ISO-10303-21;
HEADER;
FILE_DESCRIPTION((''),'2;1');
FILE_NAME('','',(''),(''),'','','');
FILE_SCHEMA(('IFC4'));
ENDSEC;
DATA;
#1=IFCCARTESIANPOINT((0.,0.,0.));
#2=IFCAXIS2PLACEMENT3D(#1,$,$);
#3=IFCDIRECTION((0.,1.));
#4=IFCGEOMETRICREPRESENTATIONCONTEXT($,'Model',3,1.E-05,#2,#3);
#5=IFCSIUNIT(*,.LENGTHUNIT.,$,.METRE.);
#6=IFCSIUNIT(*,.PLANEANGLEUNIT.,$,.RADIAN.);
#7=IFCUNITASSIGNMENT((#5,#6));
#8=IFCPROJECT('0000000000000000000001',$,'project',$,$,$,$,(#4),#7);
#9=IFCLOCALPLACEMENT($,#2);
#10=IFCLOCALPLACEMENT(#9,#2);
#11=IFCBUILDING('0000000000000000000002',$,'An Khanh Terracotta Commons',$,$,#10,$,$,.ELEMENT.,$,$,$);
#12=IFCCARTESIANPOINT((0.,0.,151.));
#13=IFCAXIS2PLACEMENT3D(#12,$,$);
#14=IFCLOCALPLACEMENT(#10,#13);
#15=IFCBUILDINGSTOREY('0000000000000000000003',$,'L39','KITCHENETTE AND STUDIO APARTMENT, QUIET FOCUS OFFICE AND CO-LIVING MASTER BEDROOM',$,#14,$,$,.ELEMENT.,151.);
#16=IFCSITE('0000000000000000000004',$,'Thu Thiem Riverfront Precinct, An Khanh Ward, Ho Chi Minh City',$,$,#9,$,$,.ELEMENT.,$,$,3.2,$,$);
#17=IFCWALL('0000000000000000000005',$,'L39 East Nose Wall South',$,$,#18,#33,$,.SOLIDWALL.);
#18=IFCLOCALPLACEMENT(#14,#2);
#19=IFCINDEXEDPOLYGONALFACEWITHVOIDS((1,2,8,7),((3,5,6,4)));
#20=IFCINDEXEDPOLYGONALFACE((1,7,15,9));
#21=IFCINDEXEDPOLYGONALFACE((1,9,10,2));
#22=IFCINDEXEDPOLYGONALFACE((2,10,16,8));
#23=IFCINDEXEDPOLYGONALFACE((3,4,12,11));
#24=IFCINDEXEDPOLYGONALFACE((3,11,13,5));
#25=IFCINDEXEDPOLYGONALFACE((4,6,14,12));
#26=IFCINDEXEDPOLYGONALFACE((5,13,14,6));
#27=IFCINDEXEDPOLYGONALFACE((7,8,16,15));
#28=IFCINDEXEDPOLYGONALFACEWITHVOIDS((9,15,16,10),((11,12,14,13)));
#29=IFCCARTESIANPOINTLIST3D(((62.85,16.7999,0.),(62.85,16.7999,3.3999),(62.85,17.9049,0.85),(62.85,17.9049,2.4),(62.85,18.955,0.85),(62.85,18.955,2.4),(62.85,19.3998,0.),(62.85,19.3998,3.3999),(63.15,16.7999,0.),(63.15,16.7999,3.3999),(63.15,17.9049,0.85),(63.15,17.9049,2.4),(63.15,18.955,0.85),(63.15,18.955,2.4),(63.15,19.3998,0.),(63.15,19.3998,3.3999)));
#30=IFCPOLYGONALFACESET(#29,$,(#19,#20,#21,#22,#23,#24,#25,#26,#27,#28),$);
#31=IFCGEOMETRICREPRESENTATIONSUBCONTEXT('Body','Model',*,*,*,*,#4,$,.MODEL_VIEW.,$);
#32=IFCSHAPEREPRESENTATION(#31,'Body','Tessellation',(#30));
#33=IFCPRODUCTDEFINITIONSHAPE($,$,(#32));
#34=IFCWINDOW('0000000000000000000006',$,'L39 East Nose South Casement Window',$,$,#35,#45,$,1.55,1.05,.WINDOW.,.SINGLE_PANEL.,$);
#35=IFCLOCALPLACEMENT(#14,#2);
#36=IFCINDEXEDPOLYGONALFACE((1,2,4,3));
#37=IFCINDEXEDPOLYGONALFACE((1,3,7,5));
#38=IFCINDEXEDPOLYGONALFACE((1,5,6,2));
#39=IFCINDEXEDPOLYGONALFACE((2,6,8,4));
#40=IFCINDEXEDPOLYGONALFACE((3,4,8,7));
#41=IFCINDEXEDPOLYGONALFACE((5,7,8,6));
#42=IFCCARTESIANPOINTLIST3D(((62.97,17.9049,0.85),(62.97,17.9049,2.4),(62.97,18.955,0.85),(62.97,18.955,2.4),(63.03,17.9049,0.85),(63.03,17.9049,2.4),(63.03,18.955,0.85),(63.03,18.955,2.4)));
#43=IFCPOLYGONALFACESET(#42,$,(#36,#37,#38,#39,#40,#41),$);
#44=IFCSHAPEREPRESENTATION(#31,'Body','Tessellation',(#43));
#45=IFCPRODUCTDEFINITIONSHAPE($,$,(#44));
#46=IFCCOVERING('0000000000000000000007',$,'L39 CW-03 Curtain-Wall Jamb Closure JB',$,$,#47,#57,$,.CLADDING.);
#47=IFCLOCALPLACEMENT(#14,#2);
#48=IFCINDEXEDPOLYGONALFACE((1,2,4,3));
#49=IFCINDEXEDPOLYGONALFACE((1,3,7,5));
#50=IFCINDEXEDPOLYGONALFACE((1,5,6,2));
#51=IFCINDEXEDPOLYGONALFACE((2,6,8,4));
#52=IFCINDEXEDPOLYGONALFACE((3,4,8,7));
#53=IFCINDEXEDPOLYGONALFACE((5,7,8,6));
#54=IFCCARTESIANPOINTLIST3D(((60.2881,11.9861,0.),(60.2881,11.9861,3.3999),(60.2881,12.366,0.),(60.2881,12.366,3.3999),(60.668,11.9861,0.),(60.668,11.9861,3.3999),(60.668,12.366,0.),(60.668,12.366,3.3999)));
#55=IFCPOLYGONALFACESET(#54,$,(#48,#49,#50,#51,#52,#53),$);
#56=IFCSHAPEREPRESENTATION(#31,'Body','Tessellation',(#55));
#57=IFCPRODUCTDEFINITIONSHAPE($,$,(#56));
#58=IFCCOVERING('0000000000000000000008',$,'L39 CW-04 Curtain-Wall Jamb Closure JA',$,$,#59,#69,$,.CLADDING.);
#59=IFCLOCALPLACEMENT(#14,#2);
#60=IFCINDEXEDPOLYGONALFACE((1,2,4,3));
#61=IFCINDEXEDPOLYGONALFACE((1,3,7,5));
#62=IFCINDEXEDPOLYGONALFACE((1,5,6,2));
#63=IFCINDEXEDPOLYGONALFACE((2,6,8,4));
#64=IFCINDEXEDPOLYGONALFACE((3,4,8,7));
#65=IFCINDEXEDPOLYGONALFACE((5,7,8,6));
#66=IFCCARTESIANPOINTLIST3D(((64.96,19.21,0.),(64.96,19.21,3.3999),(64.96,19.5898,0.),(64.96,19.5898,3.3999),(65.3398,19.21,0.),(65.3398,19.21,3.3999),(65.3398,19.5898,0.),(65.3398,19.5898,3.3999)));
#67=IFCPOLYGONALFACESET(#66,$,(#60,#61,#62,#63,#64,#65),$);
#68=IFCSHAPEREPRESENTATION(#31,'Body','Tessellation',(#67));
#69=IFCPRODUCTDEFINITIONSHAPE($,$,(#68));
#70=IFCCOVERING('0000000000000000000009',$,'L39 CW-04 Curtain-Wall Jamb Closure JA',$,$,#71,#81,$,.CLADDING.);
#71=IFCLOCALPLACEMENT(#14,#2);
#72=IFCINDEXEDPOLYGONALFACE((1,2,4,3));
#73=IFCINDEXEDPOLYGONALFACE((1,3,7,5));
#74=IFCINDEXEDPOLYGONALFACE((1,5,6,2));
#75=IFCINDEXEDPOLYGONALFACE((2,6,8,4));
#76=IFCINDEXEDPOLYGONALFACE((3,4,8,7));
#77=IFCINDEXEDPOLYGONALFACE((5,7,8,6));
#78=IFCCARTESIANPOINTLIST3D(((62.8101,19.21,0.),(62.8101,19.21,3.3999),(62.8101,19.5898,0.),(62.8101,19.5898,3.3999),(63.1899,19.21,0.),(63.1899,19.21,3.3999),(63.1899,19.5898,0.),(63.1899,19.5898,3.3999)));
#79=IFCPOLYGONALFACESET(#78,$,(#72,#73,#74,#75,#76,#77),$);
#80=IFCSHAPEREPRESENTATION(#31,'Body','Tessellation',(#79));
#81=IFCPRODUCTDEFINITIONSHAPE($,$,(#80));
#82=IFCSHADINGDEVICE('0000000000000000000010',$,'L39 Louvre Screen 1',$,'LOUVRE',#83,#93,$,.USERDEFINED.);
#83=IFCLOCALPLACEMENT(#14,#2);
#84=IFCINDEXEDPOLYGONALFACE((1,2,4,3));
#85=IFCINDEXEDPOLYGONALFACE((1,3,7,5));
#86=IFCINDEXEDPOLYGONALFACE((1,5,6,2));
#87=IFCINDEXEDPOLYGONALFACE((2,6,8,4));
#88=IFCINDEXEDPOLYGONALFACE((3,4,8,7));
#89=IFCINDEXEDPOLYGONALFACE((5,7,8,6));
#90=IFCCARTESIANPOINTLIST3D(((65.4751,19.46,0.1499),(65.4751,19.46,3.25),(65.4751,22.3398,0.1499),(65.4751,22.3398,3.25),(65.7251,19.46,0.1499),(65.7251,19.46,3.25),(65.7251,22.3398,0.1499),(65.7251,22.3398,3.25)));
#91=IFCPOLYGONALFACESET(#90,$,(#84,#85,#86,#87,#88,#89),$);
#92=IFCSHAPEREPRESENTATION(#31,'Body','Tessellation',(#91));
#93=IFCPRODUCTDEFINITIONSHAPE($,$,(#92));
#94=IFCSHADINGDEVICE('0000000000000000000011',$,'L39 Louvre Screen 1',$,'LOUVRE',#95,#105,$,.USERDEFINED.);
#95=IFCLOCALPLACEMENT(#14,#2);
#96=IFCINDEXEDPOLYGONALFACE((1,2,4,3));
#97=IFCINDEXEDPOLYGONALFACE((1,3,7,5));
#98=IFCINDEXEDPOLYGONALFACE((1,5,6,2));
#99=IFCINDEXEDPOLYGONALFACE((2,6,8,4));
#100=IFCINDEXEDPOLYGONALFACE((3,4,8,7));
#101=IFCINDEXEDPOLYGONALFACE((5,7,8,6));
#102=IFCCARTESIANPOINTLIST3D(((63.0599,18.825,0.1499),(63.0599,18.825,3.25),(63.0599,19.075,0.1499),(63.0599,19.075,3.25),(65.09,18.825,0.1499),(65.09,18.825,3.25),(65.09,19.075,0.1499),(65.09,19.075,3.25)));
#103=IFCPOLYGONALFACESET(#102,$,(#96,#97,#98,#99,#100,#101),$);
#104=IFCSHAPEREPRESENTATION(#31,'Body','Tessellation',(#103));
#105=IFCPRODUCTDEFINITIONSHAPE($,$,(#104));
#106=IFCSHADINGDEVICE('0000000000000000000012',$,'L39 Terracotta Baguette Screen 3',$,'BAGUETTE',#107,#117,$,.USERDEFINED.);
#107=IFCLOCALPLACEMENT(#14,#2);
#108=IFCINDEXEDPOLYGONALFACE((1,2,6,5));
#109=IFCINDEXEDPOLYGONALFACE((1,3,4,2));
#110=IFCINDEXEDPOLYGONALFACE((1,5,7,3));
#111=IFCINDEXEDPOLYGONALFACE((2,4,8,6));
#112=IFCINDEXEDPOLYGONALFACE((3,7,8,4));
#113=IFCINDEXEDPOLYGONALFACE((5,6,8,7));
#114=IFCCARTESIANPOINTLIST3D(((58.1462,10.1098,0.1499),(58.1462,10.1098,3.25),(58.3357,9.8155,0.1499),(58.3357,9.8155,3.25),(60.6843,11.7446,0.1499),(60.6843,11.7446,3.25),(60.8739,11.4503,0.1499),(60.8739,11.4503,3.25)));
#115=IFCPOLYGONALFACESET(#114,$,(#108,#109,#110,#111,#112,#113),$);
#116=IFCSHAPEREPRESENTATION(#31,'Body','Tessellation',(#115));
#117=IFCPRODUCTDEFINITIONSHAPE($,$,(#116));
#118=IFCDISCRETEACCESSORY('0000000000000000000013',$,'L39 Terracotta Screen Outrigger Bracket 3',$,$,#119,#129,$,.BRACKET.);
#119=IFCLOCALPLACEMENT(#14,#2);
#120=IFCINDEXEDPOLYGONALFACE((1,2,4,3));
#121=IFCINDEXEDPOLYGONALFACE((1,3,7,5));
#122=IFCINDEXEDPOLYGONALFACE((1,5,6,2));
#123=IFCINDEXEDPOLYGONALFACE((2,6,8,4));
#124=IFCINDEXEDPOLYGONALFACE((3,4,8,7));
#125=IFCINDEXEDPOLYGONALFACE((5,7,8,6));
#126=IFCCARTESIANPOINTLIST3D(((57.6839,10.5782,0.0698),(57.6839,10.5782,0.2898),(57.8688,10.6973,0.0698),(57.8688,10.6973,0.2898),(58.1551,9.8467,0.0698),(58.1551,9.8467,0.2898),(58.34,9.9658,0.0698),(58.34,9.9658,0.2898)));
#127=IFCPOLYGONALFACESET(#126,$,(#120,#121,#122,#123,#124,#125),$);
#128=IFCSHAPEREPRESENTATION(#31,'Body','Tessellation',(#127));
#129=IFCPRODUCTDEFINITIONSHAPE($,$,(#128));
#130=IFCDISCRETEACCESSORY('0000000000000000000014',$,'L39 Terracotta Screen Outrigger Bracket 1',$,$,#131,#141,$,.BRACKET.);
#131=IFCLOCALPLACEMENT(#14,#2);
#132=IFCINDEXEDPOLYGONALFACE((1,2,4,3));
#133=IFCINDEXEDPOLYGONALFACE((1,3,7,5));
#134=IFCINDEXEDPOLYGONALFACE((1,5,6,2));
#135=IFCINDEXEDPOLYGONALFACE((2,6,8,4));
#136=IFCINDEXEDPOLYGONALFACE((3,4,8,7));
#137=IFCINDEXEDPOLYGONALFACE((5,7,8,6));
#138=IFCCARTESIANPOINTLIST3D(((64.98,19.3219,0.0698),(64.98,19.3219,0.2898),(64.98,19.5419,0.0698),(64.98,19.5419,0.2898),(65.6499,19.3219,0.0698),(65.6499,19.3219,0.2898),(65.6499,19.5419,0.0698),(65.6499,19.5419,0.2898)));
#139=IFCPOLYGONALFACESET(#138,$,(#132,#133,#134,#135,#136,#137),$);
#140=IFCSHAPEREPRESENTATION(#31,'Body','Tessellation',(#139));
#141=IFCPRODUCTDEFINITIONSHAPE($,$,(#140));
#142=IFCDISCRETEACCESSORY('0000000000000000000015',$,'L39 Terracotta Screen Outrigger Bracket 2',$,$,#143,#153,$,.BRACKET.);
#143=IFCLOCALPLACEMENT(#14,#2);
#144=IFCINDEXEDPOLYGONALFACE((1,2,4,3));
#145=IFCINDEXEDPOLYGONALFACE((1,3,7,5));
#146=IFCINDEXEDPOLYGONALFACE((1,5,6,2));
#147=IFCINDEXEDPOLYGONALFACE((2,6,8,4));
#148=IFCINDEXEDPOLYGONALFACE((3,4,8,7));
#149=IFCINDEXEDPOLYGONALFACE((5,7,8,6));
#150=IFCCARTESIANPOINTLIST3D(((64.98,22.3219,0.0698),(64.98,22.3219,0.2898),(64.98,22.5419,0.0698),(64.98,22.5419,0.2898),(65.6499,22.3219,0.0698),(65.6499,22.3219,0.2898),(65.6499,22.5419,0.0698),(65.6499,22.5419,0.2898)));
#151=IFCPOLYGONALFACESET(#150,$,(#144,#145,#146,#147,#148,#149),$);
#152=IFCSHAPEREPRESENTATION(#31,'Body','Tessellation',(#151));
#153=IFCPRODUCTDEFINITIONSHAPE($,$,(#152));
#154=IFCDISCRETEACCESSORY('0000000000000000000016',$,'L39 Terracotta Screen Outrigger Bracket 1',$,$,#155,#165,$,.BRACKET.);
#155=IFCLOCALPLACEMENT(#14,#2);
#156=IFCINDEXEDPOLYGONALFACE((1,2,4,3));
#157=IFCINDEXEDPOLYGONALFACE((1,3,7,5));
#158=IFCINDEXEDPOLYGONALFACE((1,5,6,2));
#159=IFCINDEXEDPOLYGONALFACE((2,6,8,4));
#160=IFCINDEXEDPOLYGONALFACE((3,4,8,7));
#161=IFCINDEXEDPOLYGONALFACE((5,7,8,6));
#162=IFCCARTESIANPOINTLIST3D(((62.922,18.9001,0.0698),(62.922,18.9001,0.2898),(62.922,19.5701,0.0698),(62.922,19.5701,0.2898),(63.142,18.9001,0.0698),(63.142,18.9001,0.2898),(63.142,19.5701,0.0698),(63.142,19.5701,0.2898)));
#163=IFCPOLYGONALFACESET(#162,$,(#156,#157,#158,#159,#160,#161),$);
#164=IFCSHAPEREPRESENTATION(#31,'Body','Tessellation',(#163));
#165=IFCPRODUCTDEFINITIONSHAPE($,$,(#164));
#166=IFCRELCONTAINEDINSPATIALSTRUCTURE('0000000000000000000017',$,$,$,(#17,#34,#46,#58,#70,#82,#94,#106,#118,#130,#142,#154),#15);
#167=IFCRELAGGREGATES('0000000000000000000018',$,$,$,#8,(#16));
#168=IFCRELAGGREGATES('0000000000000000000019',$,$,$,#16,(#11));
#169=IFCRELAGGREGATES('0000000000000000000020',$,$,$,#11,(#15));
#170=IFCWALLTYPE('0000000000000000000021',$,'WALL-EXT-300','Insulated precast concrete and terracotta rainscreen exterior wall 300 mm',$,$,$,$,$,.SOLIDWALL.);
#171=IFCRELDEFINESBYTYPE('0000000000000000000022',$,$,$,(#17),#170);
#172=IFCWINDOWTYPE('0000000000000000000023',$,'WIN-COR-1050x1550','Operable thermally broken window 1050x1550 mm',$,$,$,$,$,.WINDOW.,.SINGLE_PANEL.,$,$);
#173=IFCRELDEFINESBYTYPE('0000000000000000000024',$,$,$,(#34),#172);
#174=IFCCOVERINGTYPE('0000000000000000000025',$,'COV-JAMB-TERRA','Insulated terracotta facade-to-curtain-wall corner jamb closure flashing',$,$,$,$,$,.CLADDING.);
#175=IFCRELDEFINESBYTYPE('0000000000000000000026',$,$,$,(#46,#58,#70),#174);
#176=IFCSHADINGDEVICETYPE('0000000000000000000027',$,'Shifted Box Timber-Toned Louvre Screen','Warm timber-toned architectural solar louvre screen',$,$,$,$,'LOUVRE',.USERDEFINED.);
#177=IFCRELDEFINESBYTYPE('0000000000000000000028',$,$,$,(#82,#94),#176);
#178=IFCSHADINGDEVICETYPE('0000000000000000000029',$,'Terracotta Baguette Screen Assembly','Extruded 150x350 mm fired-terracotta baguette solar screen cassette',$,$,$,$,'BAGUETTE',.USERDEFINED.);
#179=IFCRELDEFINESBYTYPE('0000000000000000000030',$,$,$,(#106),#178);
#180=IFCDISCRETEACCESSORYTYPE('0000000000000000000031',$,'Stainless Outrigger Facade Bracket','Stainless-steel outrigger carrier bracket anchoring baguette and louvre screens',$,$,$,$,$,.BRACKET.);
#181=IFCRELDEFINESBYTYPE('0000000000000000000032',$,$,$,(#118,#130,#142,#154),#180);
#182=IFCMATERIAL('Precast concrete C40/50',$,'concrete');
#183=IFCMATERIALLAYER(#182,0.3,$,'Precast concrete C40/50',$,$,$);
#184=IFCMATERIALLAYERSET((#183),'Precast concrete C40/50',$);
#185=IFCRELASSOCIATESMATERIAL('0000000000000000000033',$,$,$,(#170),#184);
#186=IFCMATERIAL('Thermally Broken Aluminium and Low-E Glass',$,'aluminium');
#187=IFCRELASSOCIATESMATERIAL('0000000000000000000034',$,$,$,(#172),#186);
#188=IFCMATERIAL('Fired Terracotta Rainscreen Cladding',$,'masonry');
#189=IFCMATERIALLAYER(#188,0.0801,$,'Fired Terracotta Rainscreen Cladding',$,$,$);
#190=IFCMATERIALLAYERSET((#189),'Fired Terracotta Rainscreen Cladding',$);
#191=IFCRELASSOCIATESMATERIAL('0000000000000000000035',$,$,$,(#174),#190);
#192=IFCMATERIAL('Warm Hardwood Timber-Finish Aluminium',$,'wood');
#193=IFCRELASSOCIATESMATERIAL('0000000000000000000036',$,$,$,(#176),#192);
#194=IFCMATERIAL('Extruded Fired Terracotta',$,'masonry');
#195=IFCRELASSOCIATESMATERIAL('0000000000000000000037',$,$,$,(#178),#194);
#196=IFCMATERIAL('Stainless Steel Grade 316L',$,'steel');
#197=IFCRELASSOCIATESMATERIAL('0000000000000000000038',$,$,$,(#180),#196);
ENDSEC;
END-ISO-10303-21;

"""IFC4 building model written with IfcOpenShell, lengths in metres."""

from ifc_helpers import new_model, si_unit, direction, frame, frame_2d, origin, origin_2d, place, context, subcontext, project, spatial, rectangle, extrude, material, layer, layer_set, type_object, element, fill, save


model = new_model("IFC4")

# Units and contexts
model_context = context("Model", 3, precision=1e-05, world=origin(), true_north=direction((0.0, 1.0)))
body_context = subcontext(model_context, "Body", "Model", "MODEL_VIEW")
ifc_project = project(units=[si_unit("LENGTHUNIT", "METRE"), si_unit("PLANEANGLEUNIT", "RADIAN")], contexts=[model_context])

# Site, building, storey
site_placement = place(None, origin())
site = spatial("IfcSite", under=ifc_project, at=site_placement, Name="Thu Thiem Riverfront Precinct, An Khanh Ward, Ho Chi Minh City", CompositionType="ELEMENT", RefElevation=3.2)
building_placement = place(site_placement, origin())
building = spatial("IfcBuilding", under=site, at=building_placement, Name="An Khanh Terracotta Commons", CompositionType="ELEMENT")
storey_placement = place(building_placement, frame((0.0, 0.0, 151.0)))
storey = spatial("IfcBuildingStorey", under=building, at=storey_placement, Name="L39", Description="KITCHENETTE AND STUDIO APARTMENT, QUIET FOCUS OFFICE AND CO-LIVING MASTER BEDROOM", CompositionType="ELEMENT", Elevation=151.0)

# Shared definitions
ifc_material_1 = material(Name="Precast concrete C40/50", Category="concrete")
ifc_layer_1 = layer(ifc_material_1, 0.3, Name="Precast concrete C40/50")
ifc_layer_set_1 = layer_set([ifc_layer_1], Name="Precast concrete C40/50")
wall_type = type_object("IfcWallType", Name="WALL-EXT-300", Description="Insulated precast concrete and terracotta rainscreen exterior wall 300 mm", PredefinedType="SOLIDWALL", material=ifc_layer_set_1)

# Wall, opening, window
wall_1_placement = place(storey_placement, frame((63.0, 16.8, 0.0), z_axis=(0.0, 0.0, 1.0), x_axis=(0.0, 1.0, 0.0)))
wall_1 = element("IfcWall", 1, at=wall_1_placement, inside=storey, type_object=wall_type, Name="L39 East Nose Wall South", PredefinedType="SOLIDWALL", context=body_context, shape_type="SweptSolid", body=[
    extrude(rectangle(XDim=2.5999, YDim=0.3, at=frame_2d((1.2998, 0.0))), origin(), (0.0, 0.0, 1.0), 3.3999),
])
opening_placement = place(wall_1_placement, frame((1.105, 0.0, 0.8501)))
opening = element("IfcOpeningElement", 2, at=opening_placement, cuts=wall_1, PredefinedType="OPENING", context=body_context, shape_type="SweptSolid", body=[
    extrude(rectangle(XDim=1.05, YDim=1.55, at=frame_2d((0.5249, 0.7749))), frame((0.0, 0.1599, 0.0), z_axis=(0.0, -1.0, 0.0), x_axis=(1.0, 0.0, 0.0)), (0.0, 0.0, 1.0), 0.3201),
])
ifc_material_2 = material(Name="Thermally Broken Aluminium and Low-E Glass", Category="aluminium")
window_type = type_object("IfcWindowType", Name="WIN-COR-1050x1550", Description="Operable thermally broken window 1050x1550 mm", PartitioningType="SINGLE_PANEL", PredefinedType="WINDOW", material=ifc_material_2)
window_placement = place(opening_placement, origin())
window = element("IfcWindow", 3, at=window_placement, inside=storey, type_object=window_type, Name="L39 East Nose South Casement Window", OverallHeight=1.55, OverallWidth=1.05, PartitioningType="SINGLE_PANEL", PredefinedType="WINDOW", context=body_context, shape_type="SweptSolid", body=[
    extrude(rectangle(XDim=1.05, YDim=1.55, at=frame_2d((0.5249, 0.7749))), frame((0.0, 0.03, 0.0), z_axis=(0.0, -1.0, 0.0), x_axis=(1.0, 0.0, 0.0)), (0.0, 0.0, 1.0), 0.0601),
])
fill(opening, window)

# Coverings
ifc_material_3 = material(Name="Fired Terracotta Rainscreen Cladding", Category="masonry")
ifc_layer_2 = layer(ifc_material_3, 0.0801, Name="Fired Terracotta Rainscreen Cladding")
ifc_layer_set_2 = layer_set([ifc_layer_2], Name="Fired Terracotta Rainscreen Cladding")
covering_type = type_object("IfcCoveringType", Name="COV-JAMB-TERRA", Description="Insulated terracotta facade-to-curtain-wall corner jamb closure flashing", PredefinedType="CLADDING", material=ifc_layer_set_2)
for number, where, z_axis, x_axis, name in (
    (4, (60.478, 12.176, 0.0), (0.0, 0.0, 1.0), (1.0, 0.0, 0.0), "L39 CW-03 Curtain-Wall Jamb Closure JB"),
    (5, (65.1499, 19.3999, 0.0), (0.0, 0.0, 1.0), (1.0, 0.0, 0.0), "L39 CW-04 Curtain-Wall Jamb Closure JA"),
    (6, (63.0, 19.3999, 0.0), (0.0, 0.0, 1.0), (1.0, 0.0, 0.0), "L39 CW-04 Curtain-Wall Jamb Closure JA"),
):
    element("IfcCovering", number, at=place(storey_placement, frame(where, z_axis=z_axis, x_axis=x_axis)), inside=storey, type_object=covering_type, Name=name, PredefinedType="CLADDING", context=body_context, shape_type="SweptSolid", body=[
        extrude(rectangle(XDim=0.3799, YDim=0.3799, at=origin_2d()), origin(), (0.0, 0.0, 1.0), 3.3999),
    ])

# Shading devices
ifc_material_4 = material(Name="Warm Hardwood Timber-Finish Aluminium", Category="wood")
shading_device_type_1 = type_object("IfcShadingDeviceType", Name="Shifted Box Timber-Toned Louvre Screen", Description="Warm timber-toned architectural solar louvre screen", ElementType="LOUVRE", PredefinedType="USERDEFINED", material=ifc_material_4)
shading_device_1_placement = place(storey_placement, frame((65.6001, 20.8999, 0.1499), z_axis=(0.0, 0.0, 1.0), x_axis=(0.0, 1.0, 0.0)))
element("IfcShadingDevice", 7, at=shading_device_1_placement, inside=storey, type_object=shading_device_type_1, Name="L39 Louvre Screen 1", ObjectType="LOUVRE", PredefinedType="USERDEFINED", context=body_context, shape_type="SweptSolid", body=[
    extrude(rectangle(XDim=2.8799, YDim=0.25, at=origin_2d()), origin(), (0.0, 0.0, 1.0), 3.1001),
])
shading_device_2_placement = place(storey_placement, frame((64.075, 18.95, 0.1499), z_axis=(0.0, 0.0, 1.0), x_axis=(1.0, 0.0, 0.0)))
element("IfcShadingDevice", 8, at=shading_device_2_placement, inside=storey, type_object=shading_device_type_1, Name="L39 Louvre Screen 1", ObjectType="LOUVRE", PredefinedType="USERDEFINED", context=body_context, shape_type="SweptSolid", body=[
    extrude(rectangle(XDim=2.03, YDim=0.25, at=origin_2d()), origin(), (0.0, 0.0, 1.0), 3.1001),
])
ifc_material_5 = material(Name="Extruded Fired Terracotta", Category="masonry")
shading_device_type_2 = type_object("IfcShadingDeviceType", Name="Terracotta Baguette Screen Assembly", Description="Extruded 150x350 mm fired-terracotta baguette solar screen cassette", ElementType="BAGUETTE", PredefinedType="USERDEFINED", material=ifc_material_5)
shading_device_3_placement = place(storey_placement, frame((59.51, 10.78, 0.1499), z_axis=(0.0, 0.0, 1.0), x_axis=(0.840702, 0.541498, 0.0)))
element("IfcShadingDevice", 9, at=shading_device_3_placement, inside=storey, type_object=shading_device_type_2, Name="L39 Terracotta Baguette Screen 3", ObjectType="BAGUETTE", PredefinedType="USERDEFINED", context=body_context, shape_type="SweptSolid", body=[
    extrude(rectangle(XDim=3.019, YDim=0.3501, at=origin_2d()), origin(), (0.0, 0.0, 1.0), 3.1001),
])

# Discrete accessories
ifc_material_6 = material(Name="Stainless Steel Grade 316L", Category="steel")
discrete_accessory_type = type_object("IfcDiscreteAccessoryType", Name="Stainless Outrigger Facade Bracket", Description="Stainless-steel outrigger carrier bracket anchoring baguette and louvre screens", PredefinedType="BRACKET", material=ifc_material_6)
discrete_accessory_placement = place(storey_placement, frame((58.012, 10.272, 0.0698), z_axis=(0.0, 0.0, 1.0), x_axis=(0.840702, 0.541498, 0.0)))
element("IfcDiscreteAccessory", 10, at=discrete_accessory_placement, inside=storey, type_object=discrete_accessory_type, Name="L39 Terracotta Screen Outrigger Bracket 3", PredefinedType="BRACKET", context=body_context, shape_type="SweptSolid", body=[
    extrude(rectangle(XDim=0.22, YDim=0.8701, at=origin_2d()), origin(), (0.0, 0.0, 1.0), 0.22),
])
for number, where, z_axis, x_axis, name in (
    (11, (65.3149, 19.4319, 0.0698), (0.0, 0.0, 1.0), (0.0, 1.0, 0.0), "L39 Terracotta Screen Outrigger Bracket 1"),
    (12, (65.3149, 22.4319, 0.0698), (0.0, 0.0, 1.0), (0.0, 1.0, 0.0), "L39 Terracotta Screen Outrigger Bracket 2"),
    (13, (63.032, 19.2351, 0.0698), (0.0, 0.0, 1.0), (1.0, 0.0, 0.0), "L39 Terracotta Screen Outrigger Bracket 1"),
):
    element("IfcDiscreteAccessory", number, at=place(storey_placement, frame(where, z_axis=z_axis, x_axis=x_axis)), inside=storey, type_object=discrete_accessory_type, Name=name, PredefinedType="BRACKET", context=body_context, shape_type="SweptSolid", body=[
        extrude(rectangle(XDim=0.22, YDim=0.6699, at=origin_2d()), origin(), (0.0, 0.0, 1.0), 0.22),
    ])

save(model, "model.ifc")
